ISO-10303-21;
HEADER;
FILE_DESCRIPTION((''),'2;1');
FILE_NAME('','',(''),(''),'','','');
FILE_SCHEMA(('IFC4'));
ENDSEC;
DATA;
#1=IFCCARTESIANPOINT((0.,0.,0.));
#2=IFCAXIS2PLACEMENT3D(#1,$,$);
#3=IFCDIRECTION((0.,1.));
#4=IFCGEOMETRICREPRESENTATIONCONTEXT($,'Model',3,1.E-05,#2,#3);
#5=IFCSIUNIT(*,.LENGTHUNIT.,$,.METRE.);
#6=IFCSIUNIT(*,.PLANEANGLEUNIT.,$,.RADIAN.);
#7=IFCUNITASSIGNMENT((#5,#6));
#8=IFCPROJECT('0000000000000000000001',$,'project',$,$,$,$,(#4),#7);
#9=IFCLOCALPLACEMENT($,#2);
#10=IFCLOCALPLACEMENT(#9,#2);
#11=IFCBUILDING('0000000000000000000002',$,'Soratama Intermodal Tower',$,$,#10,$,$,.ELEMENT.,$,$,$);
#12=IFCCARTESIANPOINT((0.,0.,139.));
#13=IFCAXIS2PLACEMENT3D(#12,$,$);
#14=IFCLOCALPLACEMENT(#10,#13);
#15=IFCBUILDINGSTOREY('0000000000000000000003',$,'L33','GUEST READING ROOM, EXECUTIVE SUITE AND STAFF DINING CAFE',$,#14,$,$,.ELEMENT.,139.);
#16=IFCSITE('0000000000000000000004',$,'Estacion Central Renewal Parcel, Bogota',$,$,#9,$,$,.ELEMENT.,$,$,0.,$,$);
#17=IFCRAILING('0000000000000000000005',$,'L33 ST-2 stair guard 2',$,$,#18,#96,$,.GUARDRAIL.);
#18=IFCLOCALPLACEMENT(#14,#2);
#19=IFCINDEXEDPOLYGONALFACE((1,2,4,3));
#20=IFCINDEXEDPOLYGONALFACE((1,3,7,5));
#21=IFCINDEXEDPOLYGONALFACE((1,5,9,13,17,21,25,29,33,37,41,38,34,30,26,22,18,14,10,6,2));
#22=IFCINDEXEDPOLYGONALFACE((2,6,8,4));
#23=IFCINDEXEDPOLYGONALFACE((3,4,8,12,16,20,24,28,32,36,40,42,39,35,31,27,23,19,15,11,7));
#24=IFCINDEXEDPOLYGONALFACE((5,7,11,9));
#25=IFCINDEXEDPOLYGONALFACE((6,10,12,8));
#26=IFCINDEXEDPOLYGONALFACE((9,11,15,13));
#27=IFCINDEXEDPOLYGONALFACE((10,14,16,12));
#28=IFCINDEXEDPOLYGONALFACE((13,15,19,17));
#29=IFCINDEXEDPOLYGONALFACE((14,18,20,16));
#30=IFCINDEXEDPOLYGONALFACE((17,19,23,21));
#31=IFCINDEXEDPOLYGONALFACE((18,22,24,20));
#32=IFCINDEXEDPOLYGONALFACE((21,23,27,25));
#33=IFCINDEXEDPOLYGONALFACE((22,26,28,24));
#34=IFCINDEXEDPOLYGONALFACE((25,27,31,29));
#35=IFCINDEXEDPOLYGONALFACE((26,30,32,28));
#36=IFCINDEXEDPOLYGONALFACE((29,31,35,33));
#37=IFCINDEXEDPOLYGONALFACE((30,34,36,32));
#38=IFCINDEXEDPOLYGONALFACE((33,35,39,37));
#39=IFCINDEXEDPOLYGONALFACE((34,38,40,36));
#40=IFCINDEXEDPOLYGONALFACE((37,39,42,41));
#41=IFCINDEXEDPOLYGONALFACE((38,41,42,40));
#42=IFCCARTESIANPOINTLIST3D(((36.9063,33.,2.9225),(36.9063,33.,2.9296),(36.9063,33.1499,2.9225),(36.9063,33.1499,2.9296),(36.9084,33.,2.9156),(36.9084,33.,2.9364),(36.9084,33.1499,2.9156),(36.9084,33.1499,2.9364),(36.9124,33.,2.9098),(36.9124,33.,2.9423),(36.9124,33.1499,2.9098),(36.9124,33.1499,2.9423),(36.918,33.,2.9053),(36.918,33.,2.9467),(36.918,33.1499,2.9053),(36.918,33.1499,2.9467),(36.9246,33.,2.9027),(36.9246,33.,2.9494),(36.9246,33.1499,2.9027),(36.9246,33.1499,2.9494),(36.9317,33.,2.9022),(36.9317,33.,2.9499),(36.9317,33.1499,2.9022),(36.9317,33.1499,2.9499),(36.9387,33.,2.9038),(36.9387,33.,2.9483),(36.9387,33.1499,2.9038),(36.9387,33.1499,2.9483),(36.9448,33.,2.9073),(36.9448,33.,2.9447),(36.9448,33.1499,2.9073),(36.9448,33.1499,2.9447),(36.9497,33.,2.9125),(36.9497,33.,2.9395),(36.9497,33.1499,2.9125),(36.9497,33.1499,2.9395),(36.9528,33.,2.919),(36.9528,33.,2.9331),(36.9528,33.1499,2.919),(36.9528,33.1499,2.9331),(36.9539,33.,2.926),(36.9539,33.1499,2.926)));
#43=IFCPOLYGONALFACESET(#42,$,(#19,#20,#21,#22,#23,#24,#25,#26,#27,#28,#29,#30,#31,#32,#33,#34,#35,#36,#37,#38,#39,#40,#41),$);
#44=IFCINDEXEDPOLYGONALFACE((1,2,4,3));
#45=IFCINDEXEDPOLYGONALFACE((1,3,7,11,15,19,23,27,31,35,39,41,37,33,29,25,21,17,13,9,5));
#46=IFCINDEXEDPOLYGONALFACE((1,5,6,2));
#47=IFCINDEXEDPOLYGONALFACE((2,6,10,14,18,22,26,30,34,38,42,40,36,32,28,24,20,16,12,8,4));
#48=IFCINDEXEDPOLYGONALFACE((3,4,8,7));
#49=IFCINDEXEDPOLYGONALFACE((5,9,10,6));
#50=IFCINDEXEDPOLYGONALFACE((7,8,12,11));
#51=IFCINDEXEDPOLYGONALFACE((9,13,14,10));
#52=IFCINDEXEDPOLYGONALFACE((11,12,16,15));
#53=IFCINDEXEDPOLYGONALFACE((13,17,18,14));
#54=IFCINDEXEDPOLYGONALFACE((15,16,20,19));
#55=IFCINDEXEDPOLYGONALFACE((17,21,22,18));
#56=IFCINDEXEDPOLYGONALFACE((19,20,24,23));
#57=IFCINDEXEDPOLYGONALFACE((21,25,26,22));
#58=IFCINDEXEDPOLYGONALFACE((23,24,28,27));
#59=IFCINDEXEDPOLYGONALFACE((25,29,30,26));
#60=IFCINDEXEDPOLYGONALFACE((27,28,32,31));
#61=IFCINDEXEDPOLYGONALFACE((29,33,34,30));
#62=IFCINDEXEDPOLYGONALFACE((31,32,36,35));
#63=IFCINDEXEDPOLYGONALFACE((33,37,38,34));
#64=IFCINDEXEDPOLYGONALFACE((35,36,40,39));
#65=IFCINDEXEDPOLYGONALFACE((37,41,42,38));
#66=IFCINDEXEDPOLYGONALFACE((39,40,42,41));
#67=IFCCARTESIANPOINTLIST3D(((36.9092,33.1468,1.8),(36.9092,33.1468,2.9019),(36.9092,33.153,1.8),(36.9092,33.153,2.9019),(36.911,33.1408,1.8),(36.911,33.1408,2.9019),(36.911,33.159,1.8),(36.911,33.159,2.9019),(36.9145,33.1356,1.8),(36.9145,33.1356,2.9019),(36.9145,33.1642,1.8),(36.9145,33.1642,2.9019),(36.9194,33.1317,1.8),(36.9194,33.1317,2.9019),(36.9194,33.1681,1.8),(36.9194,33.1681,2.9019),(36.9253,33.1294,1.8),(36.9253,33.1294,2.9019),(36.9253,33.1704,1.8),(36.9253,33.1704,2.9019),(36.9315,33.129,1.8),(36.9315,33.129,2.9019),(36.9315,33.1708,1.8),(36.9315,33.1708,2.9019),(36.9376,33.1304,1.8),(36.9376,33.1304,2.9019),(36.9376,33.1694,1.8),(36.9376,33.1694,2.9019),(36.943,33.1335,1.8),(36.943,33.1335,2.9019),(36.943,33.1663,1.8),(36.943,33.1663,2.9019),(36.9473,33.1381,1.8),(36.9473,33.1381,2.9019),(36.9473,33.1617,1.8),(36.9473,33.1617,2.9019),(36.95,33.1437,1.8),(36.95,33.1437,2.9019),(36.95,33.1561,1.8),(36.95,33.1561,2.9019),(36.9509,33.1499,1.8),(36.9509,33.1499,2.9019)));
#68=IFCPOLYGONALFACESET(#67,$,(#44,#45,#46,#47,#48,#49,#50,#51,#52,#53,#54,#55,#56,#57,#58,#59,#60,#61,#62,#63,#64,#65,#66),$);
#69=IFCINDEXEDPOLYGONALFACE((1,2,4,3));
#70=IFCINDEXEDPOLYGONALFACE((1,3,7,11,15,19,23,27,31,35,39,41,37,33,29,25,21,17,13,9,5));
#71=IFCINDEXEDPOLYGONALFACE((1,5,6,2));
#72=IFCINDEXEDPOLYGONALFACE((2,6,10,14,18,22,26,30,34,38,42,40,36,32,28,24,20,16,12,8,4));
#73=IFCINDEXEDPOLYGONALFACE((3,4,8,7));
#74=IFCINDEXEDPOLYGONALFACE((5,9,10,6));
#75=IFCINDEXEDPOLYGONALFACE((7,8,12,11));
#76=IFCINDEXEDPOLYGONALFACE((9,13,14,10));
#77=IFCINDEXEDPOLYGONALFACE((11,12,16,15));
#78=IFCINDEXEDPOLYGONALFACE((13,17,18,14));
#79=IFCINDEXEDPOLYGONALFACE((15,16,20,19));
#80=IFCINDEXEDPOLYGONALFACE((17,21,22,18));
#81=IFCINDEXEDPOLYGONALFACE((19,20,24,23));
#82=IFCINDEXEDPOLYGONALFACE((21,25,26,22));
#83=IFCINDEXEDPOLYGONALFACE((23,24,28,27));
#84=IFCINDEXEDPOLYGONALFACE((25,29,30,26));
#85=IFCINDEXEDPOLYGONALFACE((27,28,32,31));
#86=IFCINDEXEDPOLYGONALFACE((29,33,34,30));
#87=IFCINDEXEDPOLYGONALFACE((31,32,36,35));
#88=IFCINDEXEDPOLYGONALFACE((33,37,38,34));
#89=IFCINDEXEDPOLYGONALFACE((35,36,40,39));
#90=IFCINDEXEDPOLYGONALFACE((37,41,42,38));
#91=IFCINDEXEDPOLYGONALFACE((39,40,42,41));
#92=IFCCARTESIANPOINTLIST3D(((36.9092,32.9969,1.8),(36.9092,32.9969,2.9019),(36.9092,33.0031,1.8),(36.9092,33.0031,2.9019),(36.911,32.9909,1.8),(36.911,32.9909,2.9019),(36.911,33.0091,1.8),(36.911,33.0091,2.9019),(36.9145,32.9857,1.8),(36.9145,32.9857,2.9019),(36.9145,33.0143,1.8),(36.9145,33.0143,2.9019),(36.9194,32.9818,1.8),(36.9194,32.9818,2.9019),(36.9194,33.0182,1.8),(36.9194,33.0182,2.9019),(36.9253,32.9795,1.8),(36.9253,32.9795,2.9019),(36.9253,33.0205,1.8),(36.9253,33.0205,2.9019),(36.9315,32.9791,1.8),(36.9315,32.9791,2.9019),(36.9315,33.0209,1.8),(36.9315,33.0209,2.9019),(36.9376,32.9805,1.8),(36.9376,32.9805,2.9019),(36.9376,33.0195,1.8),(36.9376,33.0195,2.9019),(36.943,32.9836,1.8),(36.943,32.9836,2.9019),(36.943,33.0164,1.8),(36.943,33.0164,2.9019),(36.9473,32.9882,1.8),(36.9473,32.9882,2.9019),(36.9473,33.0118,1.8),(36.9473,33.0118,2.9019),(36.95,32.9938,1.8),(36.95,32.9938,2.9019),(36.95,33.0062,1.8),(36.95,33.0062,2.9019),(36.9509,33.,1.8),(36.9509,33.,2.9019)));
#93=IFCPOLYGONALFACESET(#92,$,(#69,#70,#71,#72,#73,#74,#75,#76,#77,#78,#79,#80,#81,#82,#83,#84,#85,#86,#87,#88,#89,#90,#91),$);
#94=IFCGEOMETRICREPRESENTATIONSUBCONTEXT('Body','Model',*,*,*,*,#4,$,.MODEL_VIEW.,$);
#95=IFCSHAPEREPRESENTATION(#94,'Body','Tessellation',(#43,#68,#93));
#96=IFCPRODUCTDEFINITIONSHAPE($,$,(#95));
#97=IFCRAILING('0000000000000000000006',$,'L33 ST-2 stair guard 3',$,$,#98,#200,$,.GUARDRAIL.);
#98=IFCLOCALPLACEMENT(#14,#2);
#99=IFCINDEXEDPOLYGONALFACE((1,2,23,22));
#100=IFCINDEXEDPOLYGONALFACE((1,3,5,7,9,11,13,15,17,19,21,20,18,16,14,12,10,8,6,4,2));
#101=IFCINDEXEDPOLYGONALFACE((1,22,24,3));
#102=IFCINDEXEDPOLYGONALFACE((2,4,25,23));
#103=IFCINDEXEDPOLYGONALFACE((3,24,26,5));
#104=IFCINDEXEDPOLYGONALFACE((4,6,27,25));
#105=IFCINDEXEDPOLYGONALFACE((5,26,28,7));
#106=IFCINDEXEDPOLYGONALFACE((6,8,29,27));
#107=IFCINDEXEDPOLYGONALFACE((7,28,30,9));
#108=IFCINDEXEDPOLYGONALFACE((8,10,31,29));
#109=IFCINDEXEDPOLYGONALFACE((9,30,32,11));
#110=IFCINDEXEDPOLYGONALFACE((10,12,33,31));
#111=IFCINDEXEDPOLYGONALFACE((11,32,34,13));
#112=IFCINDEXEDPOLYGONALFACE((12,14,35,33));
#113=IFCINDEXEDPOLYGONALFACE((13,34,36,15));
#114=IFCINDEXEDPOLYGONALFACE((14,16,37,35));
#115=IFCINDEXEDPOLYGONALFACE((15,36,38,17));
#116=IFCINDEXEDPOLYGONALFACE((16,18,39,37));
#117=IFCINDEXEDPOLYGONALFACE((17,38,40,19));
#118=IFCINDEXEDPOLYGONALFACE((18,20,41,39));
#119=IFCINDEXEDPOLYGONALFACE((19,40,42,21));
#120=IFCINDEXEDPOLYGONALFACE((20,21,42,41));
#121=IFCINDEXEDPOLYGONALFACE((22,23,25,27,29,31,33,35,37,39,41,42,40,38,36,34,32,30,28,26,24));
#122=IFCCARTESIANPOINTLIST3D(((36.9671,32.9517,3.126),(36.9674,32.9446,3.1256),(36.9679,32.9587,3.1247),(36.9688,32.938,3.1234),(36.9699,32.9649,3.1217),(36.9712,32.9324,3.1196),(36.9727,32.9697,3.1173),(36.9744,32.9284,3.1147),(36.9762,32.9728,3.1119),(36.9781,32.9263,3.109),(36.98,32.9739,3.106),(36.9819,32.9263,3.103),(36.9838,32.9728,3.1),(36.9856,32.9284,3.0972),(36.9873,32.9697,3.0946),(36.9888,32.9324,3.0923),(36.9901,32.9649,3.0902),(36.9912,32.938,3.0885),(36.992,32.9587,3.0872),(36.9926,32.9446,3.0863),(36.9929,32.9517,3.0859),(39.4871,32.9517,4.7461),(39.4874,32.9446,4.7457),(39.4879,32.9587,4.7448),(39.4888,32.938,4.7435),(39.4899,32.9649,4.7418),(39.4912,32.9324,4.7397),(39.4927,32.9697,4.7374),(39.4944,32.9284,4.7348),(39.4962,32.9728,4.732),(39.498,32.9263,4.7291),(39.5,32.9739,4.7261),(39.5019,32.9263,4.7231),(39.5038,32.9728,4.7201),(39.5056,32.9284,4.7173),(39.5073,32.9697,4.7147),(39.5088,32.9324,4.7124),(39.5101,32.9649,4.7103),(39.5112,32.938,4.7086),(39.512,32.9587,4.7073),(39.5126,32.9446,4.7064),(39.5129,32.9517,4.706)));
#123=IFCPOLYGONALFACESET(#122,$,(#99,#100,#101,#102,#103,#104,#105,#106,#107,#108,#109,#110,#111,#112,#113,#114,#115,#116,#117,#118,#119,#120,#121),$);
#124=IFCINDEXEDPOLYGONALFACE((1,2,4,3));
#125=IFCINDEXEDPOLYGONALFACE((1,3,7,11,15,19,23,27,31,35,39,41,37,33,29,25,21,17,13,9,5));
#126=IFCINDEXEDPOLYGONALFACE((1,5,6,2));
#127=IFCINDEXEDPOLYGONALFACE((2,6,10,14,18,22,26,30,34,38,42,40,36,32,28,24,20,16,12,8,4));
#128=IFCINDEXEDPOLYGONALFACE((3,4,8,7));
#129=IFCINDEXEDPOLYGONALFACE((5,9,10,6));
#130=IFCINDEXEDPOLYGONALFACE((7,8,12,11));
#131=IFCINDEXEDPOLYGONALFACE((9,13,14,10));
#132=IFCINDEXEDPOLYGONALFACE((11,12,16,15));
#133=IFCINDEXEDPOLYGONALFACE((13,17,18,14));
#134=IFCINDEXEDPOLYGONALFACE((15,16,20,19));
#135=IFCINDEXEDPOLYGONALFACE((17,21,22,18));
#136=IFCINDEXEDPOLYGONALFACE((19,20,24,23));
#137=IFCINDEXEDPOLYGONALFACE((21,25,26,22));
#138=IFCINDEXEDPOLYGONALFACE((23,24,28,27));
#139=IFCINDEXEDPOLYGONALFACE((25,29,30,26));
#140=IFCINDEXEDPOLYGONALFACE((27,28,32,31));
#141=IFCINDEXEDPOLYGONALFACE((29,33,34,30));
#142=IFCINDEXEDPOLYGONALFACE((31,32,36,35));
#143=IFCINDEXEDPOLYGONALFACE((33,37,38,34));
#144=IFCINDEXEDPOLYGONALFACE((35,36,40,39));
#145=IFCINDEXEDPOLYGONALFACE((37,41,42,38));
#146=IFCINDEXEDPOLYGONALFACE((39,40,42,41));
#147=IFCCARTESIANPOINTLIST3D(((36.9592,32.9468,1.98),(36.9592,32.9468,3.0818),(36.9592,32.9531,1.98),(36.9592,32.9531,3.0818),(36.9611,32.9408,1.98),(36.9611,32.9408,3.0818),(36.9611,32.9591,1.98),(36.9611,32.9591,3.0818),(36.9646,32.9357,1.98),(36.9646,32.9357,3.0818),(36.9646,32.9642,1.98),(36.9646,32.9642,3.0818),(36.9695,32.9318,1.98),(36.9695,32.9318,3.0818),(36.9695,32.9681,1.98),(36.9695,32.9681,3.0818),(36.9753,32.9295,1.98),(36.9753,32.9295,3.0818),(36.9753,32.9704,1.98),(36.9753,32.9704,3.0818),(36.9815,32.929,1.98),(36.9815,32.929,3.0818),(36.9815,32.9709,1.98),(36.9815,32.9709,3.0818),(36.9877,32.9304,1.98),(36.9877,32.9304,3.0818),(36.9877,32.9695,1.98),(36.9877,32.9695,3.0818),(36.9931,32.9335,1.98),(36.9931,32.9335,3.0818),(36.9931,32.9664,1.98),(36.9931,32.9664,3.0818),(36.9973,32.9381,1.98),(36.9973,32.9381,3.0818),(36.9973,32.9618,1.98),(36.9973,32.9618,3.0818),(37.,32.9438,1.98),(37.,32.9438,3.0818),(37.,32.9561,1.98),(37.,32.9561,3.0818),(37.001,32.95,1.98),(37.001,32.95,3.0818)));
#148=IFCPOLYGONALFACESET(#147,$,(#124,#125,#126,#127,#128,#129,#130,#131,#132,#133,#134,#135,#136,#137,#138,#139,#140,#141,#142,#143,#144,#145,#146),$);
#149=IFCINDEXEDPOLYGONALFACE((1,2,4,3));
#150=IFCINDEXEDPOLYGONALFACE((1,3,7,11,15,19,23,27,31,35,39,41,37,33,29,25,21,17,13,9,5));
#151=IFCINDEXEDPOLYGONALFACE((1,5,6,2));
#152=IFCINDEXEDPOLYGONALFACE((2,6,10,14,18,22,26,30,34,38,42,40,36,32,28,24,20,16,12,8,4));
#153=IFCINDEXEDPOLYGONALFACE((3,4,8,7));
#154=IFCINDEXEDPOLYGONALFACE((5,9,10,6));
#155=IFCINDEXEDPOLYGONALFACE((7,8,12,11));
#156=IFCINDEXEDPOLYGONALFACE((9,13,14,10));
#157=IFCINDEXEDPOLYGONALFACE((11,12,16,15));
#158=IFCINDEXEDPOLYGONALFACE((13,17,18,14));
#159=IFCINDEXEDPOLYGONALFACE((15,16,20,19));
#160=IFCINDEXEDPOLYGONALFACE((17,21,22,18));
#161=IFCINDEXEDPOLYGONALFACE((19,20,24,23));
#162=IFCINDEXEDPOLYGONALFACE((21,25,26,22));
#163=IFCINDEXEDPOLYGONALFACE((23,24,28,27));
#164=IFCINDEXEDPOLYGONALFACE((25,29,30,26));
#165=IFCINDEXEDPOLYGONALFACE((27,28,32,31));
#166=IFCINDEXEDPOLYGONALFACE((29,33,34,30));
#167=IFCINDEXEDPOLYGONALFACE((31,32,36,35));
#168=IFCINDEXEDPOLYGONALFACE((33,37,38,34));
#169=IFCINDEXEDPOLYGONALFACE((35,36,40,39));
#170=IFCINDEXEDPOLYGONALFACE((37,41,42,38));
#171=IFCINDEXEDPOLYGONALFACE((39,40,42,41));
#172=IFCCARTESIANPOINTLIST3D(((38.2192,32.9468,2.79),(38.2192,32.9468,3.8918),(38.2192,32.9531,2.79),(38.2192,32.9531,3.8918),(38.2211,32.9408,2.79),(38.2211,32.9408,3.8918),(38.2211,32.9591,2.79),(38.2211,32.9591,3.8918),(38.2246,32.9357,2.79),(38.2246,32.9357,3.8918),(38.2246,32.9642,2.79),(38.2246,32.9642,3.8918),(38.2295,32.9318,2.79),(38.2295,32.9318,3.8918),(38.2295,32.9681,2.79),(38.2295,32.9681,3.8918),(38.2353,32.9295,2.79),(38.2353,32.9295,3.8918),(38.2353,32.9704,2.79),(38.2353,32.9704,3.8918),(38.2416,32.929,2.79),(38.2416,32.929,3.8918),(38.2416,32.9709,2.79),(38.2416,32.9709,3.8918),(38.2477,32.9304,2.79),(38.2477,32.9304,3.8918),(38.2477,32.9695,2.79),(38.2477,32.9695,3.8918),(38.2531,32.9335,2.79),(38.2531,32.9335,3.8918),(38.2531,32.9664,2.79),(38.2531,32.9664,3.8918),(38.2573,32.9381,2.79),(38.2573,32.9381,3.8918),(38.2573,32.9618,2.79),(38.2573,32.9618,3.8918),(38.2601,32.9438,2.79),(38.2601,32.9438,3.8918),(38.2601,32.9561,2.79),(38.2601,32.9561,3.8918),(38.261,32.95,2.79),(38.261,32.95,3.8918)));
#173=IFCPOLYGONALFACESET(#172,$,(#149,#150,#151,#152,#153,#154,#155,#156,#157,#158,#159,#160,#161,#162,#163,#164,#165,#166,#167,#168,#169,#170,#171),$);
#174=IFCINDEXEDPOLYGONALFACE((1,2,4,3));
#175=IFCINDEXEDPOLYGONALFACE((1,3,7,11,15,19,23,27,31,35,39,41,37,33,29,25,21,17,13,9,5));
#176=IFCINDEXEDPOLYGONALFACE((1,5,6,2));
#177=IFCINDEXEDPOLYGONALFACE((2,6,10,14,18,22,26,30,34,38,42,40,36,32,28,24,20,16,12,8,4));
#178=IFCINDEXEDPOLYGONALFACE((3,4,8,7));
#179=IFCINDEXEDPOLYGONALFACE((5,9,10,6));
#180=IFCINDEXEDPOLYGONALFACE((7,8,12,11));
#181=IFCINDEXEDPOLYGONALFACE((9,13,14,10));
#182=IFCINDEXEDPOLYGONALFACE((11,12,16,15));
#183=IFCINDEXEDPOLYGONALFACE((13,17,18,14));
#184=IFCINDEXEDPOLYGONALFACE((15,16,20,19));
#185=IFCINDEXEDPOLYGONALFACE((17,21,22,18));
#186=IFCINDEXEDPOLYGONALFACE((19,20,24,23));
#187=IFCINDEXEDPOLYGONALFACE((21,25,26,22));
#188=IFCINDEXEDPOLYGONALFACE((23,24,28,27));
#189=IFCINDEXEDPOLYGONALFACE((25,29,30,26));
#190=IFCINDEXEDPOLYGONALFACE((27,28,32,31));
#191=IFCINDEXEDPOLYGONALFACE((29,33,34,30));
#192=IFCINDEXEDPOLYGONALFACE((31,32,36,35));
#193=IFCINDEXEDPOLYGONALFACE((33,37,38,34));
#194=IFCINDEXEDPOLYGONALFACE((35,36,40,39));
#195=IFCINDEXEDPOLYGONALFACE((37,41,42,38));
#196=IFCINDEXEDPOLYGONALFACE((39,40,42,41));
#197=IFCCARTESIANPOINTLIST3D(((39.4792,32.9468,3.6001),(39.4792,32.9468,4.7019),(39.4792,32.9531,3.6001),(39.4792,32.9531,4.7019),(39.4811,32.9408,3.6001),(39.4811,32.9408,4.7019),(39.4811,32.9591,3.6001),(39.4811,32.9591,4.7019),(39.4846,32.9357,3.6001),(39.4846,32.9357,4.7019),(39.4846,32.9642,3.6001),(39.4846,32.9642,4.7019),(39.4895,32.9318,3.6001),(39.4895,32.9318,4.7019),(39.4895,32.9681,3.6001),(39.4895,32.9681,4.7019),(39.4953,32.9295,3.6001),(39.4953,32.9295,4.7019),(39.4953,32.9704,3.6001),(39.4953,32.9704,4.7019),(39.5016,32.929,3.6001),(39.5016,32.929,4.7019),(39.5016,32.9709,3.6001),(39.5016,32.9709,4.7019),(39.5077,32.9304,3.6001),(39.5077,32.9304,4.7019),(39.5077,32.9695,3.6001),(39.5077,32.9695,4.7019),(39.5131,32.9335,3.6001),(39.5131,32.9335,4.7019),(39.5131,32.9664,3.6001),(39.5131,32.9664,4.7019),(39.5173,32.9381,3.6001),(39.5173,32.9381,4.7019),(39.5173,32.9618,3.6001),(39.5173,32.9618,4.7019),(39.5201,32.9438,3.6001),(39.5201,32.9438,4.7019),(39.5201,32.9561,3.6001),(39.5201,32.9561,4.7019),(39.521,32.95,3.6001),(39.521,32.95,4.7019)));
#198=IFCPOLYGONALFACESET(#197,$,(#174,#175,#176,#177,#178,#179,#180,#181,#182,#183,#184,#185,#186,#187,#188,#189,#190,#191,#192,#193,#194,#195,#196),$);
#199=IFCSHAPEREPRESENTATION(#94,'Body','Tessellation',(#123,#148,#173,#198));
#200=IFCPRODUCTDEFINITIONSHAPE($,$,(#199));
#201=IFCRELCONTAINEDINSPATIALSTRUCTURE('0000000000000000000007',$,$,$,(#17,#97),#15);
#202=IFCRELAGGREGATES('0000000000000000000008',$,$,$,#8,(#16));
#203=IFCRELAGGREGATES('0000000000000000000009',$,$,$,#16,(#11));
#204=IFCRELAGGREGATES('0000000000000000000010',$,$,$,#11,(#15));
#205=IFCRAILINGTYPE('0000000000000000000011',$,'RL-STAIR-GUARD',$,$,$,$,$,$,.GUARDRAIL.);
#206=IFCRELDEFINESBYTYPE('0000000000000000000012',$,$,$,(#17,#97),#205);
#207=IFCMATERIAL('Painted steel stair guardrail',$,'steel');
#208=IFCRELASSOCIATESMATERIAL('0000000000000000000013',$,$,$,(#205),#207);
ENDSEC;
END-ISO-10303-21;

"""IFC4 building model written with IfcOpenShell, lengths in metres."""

from ifc_helpers import new_model, si_unit, direction, frame, origin, origin_2d, place, context, subcontext, project, spatial, circle, extrude, material, type_object, element, save


model = new_model("IFC4")

# Units and contexts
model_context = context("Model", 3, precision=1e-05, world=origin(), true_north=direction((0.0, 1.0)))
body_context = subcontext(model_context, "Body", "Model", "MODEL_VIEW")
ifc_project = project(units=[si_unit("LENGTHUNIT", "METRE"), si_unit("PLANEANGLEUNIT", "RADIAN")], contexts=[model_context])

# Site, building, storey
site_placement = place(None, origin())
site = spatial("IfcSite", under=ifc_project, at=site_placement, Name="Estacion Central Renewal Parcel, Bogota", CompositionType="ELEMENT", RefElevation=0.0)
building_placement = place(site_placement, origin())
building = spatial("IfcBuilding", under=site, at=building_placement, Name="Soratama Intermodal Tower", CompositionType="ELEMENT")
storey_placement = place(building_placement, frame((0.0, 0.0, 139.0)))
storey = spatial("IfcBuildingStorey", under=building, at=storey_placement, Name="L33", Description="GUEST READING ROOM, EXECUTIVE SUITE AND STAFF DINING CAFE", CompositionType="ELEMENT", Elevation=139.0)

# Railings
ifc_material_1 = material(Name="Painted steel stair guardrail", Category="steel")
railing_type_1 = type_object("IfcRailingType", Name="RL-STAIR-GUARD", PredefinedType="GUARDRAIL", material=ifc_material_1)
railing_1_placement = place(storey_placement, frame((36.9299, 33.1499, 1.8)))
element("IfcRailing", 1, at=railing_1_placement, inside=storey, type_object=railing_type_1, Name="L33 ST-2 stair guard 2", PredefinedType="GUARDRAIL", context=body_context, shape_type="SweptSolid", body=[
    extrude(circle(Radius=0.0239, at=origin_2d()), frame((0.0, 0.0, 1.126), z_axis=(0.0, -1.0, 0.0), x_axis=(1.0, 0.0, 0.0)), (0.0, 0.0, 1.0), 0.1499),
    extrude(circle(Radius=0.021, at=origin_2d()), origin(), (0.0, 0.0, 1.0), 1.1018),
    extrude(circle(Radius=0.021, at=origin_2d()), frame((0.0, -0.1499, 0.0)), (0.0, 0.0, 1.0), 1.1018),
])
railing_2_placement = place(storey_placement, frame((36.98, 32.95, 1.98)))
element("IfcRailing", 2, at=railing_2_placement, inside=storey, type_object=railing_type_1, Name="L33 ST-2 stair guard 3", PredefinedType="GUARDRAIL", context=body_context, shape_type="SweptSolid", body=[
    extrude(circle(Radius=0.0239, at=origin_2d()), frame((0.0, 0.0, 1.126), z_axis=(0.841163, 0.0, 0.540782), x_axis=(0.0, 1.0, 0.0)), (0.0, 0.0, 1.0), 2.9958),
    extrude(circle(Radius=0.021, at=origin_2d()), origin(), (0.0, 0.0, 1.0), 1.1018),
    extrude(circle(Radius=0.021, at=origin_2d()), frame((1.26, 0.0, 0.8101)), (0.0, 0.0, 1.0), 1.1018),
    extrude(circle(Radius=0.021, at=origin_2d()), frame((2.52, 0.0, 1.6201)), (0.0, 0.0, 1.0), 1.1018),
])

save(model, "model.ifc")
